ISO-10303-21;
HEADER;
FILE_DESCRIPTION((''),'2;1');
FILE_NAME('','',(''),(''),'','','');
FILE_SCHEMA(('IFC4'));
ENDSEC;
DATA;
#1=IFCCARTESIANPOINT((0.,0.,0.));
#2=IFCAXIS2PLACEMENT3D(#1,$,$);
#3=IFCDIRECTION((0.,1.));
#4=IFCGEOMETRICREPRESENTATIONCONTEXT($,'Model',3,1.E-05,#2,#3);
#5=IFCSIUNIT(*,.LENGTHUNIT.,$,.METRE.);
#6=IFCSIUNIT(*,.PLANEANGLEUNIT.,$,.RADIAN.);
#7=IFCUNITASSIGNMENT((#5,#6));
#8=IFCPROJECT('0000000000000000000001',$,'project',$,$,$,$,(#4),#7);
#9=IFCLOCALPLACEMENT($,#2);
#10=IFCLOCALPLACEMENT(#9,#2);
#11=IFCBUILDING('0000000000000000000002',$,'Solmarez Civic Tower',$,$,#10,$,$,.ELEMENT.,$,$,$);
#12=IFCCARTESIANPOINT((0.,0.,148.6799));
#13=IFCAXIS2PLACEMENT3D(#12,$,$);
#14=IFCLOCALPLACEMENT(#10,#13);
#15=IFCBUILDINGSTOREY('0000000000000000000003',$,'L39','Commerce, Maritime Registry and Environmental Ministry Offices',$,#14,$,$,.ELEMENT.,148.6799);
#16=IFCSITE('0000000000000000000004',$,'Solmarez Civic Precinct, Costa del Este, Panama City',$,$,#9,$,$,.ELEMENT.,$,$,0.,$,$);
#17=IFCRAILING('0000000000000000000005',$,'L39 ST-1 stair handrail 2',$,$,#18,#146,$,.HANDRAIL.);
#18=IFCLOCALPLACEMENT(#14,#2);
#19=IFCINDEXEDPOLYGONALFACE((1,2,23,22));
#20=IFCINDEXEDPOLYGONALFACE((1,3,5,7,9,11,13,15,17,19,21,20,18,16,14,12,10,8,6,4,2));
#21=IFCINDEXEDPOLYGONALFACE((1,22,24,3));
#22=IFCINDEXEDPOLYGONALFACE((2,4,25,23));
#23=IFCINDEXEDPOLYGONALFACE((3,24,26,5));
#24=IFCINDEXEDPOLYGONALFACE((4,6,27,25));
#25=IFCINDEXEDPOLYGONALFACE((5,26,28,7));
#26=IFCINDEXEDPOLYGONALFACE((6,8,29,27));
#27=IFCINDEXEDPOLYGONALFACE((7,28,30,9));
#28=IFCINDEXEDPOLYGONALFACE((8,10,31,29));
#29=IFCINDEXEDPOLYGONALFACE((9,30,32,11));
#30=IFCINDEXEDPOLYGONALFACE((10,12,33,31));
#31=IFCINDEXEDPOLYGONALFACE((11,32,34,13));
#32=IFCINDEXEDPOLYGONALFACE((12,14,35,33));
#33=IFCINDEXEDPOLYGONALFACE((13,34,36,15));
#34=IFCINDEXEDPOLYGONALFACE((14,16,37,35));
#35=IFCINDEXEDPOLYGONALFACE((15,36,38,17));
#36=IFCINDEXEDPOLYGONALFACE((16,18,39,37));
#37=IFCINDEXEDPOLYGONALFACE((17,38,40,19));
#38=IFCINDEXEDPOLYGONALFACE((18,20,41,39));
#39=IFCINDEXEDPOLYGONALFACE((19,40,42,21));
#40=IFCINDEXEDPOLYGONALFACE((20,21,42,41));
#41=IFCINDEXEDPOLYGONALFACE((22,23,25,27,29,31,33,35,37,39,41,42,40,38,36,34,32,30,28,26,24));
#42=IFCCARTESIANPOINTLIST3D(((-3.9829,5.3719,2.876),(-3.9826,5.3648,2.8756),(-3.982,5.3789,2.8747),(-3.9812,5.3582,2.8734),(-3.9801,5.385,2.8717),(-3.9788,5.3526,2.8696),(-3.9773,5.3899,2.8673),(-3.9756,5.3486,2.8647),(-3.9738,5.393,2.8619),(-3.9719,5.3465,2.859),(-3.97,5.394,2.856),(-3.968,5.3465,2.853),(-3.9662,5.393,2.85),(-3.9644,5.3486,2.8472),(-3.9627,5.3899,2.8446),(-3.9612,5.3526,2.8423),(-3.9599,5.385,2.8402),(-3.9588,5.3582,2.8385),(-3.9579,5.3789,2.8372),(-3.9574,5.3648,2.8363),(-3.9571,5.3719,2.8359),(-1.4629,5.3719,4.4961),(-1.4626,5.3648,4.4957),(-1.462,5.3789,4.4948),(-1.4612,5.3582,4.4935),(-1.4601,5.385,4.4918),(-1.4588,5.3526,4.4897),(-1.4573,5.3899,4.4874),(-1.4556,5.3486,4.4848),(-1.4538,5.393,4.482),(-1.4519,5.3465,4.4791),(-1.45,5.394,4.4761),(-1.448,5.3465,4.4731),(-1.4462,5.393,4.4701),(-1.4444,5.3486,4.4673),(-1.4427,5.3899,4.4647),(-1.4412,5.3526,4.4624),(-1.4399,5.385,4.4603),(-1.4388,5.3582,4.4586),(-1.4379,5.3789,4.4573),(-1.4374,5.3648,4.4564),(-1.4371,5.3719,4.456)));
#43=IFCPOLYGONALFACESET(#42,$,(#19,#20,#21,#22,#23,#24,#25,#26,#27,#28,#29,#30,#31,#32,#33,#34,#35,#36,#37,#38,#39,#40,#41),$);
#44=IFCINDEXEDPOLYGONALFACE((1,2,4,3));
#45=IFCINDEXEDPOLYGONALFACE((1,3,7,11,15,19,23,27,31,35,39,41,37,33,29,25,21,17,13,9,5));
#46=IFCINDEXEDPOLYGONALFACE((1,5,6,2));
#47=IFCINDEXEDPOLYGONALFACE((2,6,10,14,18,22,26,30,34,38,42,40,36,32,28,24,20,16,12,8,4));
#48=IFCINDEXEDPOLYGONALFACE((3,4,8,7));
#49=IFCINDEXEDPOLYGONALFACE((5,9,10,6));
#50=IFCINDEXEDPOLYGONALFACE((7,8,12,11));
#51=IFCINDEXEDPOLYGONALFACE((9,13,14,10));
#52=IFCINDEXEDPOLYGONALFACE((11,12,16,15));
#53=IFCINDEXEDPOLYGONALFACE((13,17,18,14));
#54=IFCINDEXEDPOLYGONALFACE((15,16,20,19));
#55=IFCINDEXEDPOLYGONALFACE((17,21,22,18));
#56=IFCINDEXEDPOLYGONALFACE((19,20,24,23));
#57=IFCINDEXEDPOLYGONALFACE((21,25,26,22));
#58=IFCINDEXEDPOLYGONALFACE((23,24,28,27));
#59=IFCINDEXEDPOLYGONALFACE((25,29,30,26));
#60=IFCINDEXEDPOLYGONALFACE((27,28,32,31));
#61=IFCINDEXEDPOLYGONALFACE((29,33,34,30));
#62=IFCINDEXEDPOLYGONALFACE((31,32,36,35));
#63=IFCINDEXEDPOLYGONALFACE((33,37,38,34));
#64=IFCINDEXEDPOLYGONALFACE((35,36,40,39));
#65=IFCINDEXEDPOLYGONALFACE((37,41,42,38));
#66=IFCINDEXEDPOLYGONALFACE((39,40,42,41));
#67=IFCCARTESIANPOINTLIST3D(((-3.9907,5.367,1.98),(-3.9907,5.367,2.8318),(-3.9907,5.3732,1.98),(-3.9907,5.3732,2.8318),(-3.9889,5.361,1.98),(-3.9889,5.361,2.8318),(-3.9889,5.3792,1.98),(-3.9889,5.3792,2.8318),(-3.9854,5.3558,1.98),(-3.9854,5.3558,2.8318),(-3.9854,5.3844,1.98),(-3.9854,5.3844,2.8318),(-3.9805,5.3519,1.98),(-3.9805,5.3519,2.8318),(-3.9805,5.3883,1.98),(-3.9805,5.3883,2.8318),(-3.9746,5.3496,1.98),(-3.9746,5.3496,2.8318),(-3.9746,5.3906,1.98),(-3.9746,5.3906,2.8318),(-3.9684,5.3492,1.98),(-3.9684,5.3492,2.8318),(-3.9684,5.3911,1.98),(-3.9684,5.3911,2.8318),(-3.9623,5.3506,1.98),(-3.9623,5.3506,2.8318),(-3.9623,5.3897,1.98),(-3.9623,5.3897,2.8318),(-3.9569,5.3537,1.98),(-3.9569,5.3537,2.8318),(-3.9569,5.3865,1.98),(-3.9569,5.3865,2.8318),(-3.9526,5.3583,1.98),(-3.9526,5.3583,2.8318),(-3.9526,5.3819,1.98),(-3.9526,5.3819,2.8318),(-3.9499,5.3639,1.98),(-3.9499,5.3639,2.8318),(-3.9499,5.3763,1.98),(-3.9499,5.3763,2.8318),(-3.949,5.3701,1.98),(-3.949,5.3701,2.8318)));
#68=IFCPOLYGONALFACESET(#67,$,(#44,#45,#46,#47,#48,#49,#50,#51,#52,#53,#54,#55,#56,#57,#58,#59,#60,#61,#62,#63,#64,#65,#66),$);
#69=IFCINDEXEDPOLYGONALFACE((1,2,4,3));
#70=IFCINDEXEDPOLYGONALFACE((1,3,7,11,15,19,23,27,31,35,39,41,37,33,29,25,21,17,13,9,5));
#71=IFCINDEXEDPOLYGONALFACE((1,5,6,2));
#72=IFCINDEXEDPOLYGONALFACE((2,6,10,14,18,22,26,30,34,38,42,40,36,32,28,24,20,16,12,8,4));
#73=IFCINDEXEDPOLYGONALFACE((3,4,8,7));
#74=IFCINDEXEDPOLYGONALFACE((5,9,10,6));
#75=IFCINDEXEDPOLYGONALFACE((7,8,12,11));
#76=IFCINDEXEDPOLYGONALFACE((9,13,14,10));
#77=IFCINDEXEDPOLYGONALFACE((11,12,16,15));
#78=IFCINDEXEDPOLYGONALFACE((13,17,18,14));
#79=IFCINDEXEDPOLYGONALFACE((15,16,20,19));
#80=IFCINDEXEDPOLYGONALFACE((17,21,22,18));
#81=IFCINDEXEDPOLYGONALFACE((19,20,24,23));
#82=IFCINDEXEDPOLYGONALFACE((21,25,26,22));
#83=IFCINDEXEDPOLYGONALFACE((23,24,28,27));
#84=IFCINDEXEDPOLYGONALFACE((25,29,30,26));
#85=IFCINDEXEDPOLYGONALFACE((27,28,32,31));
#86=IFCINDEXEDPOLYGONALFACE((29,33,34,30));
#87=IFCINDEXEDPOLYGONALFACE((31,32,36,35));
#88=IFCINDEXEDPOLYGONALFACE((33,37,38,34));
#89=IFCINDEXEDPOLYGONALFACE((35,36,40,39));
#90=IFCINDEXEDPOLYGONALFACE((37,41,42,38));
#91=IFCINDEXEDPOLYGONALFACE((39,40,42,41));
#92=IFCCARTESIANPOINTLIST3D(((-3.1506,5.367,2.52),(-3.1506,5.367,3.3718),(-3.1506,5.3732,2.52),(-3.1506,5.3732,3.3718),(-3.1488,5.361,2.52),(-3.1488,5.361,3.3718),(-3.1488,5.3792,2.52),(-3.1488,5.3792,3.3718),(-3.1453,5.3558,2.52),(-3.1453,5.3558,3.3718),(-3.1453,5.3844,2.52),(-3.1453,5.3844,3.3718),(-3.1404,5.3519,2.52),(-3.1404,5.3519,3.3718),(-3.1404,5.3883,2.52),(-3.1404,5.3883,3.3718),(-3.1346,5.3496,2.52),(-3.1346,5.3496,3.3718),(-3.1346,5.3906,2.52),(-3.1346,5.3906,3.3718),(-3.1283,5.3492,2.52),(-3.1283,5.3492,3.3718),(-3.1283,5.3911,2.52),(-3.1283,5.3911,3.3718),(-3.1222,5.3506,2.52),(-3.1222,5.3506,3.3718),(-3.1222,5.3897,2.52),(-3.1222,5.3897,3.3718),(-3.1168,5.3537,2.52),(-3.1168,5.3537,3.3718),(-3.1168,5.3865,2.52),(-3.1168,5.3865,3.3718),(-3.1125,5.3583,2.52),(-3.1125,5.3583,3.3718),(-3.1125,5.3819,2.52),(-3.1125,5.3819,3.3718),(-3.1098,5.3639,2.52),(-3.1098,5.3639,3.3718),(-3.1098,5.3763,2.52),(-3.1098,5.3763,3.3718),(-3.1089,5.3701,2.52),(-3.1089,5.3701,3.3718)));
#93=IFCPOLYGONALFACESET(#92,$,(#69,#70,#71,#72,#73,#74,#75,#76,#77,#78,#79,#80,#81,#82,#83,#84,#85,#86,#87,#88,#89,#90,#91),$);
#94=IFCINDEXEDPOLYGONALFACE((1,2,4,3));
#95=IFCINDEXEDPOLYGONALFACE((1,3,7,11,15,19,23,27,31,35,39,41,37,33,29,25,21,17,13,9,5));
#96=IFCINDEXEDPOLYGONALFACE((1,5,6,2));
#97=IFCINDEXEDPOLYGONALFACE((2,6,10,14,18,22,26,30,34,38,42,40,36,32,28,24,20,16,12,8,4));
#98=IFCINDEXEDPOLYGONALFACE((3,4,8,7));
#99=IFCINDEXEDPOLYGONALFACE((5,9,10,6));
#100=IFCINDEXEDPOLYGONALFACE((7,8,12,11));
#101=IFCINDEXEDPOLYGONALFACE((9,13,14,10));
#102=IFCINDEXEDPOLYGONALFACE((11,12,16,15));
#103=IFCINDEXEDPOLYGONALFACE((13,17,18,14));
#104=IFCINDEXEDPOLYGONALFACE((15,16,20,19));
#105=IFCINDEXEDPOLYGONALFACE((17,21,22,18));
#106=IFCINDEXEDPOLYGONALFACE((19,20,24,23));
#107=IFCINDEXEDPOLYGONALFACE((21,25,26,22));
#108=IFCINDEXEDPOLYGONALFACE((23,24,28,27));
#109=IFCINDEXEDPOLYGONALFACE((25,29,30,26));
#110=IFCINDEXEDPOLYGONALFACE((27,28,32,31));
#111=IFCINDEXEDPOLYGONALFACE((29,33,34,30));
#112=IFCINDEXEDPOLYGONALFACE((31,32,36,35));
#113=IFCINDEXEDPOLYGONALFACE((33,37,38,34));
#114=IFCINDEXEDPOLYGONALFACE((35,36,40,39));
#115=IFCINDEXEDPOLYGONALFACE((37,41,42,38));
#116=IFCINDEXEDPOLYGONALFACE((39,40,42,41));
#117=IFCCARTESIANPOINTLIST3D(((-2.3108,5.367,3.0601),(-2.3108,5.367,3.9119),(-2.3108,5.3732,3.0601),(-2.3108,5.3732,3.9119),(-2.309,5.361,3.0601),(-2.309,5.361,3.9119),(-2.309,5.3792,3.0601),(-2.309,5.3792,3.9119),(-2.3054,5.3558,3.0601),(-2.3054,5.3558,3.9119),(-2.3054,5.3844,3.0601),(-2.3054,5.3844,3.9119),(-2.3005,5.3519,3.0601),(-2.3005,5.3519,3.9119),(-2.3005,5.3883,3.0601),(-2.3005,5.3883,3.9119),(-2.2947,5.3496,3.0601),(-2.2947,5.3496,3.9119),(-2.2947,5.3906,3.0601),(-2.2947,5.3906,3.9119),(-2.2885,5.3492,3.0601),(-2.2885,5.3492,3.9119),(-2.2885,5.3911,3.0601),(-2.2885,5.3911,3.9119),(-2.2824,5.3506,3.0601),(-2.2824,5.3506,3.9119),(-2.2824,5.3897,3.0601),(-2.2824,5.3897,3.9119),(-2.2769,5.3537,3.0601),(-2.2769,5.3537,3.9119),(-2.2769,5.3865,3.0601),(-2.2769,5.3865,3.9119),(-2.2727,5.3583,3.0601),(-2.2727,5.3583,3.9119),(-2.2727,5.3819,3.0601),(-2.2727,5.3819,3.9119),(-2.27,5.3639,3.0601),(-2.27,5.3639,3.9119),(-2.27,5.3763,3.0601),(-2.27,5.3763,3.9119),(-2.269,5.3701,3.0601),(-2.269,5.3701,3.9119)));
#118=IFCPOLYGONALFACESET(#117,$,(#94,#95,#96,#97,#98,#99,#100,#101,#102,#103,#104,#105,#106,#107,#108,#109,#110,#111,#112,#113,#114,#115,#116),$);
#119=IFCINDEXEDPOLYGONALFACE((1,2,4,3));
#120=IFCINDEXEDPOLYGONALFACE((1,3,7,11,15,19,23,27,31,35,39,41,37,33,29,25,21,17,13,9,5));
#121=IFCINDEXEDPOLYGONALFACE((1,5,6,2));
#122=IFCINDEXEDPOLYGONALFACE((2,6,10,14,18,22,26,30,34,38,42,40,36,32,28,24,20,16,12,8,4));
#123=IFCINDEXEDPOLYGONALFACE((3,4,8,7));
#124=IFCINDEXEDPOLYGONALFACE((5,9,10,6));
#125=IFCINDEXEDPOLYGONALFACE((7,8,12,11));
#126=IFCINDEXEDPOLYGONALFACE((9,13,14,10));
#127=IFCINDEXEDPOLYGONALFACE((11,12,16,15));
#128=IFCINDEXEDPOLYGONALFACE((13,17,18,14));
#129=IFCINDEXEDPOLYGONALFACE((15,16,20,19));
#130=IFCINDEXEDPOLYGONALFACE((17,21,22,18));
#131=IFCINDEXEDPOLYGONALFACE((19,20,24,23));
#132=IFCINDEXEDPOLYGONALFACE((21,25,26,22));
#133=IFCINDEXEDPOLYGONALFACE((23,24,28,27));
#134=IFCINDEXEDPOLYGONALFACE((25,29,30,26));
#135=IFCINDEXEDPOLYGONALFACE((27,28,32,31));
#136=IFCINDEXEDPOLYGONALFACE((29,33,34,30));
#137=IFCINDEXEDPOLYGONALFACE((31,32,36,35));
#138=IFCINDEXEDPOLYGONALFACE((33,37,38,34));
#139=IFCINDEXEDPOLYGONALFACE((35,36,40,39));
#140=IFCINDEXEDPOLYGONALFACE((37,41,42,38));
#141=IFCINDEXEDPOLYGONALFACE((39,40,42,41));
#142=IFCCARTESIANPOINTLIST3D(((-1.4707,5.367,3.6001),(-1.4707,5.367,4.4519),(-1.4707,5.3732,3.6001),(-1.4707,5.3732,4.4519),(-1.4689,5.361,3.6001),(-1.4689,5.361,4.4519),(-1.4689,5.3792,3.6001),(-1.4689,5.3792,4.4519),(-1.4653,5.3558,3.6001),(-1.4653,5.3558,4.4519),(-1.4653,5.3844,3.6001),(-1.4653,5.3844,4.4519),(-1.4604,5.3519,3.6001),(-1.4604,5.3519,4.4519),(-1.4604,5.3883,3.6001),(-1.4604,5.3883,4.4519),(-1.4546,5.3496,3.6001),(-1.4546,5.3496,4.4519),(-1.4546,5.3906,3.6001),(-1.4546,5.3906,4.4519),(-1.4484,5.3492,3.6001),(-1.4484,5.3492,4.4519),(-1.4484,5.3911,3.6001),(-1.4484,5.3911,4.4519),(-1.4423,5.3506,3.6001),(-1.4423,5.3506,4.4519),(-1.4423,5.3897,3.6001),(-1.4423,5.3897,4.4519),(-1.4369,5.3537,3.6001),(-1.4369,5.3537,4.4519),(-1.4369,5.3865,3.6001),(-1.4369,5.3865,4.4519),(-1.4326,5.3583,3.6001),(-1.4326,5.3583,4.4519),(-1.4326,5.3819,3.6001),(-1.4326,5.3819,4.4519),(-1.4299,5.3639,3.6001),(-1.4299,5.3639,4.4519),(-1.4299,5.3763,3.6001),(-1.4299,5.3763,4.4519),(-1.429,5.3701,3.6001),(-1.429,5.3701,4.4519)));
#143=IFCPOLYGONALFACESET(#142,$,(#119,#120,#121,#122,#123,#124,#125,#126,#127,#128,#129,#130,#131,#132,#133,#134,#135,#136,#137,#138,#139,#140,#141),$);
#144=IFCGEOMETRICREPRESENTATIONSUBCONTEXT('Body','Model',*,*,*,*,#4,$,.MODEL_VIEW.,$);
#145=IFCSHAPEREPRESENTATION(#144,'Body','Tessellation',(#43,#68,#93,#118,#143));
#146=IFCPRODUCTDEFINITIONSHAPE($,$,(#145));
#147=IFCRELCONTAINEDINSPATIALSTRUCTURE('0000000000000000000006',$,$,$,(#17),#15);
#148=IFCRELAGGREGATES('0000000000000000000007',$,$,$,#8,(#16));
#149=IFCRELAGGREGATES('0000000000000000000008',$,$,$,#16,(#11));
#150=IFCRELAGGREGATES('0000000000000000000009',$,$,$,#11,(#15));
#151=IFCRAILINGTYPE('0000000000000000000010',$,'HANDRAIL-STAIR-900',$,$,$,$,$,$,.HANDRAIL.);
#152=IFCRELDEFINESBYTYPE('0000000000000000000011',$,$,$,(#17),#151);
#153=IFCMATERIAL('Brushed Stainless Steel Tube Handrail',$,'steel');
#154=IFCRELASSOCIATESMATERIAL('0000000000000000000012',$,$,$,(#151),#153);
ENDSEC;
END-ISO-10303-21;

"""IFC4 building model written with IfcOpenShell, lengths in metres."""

from ifc_helpers import new_model, si_unit, direction, frame, origin, origin_2d, place, context, subcontext, project, spatial, circle, extrude, material, type_object, element, save


model = new_model("IFC4")

# Units and contexts
model_context = context("Model", 3, precision=1e-05, world=origin(), true_north=direction((0.0, 1.0)))
body_context = subcontext(model_context, "Body", "Model", "MODEL_VIEW")
ifc_project = project(units=[si_unit("LENGTHUNIT", "METRE"), si_unit("PLANEANGLEUNIT", "RADIAN")], contexts=[model_context])

# Site, building, storey
site_placement = place(None, origin())
site = spatial("IfcSite", under=ifc_project, at=site_placement, Name="Solmarez Civic Precinct, Costa del Este, Panama City", CompositionType="ELEMENT", RefElevation=0.0)
building_placement = place(site_placement, origin())
building = spatial("IfcBuilding", under=site, at=building_placement, Name="Solmarez Civic Tower", CompositionType="ELEMENT")
storey_placement = place(building_placement, frame((0.0, 0.0, 148.6799)))
storey = spatial("IfcBuildingStorey", under=building, at=storey_placement, Name="L39", Description="Commerce, Maritime Registry and Environmental Ministry Offices", CompositionType="ELEMENT", Elevation=148.6799)

# Railing
ifc_material_1 = material(Name="Brushed Stainless Steel Tube Handrail", Category="steel")
railing_type_1 = type_object("IfcRailingType", Name="HANDRAIL-STAIR-900", PredefinedType="HANDRAIL", material=ifc_material_1)
railing_1_placement = place(storey_placement, frame((-3.97, 5.3701, 1.98)))
element("IfcRailing", 1, at=railing_1_placement, inside=storey, type_object=railing_type_1, Name="L39 ST-1 stair handrail 2", PredefinedType="HANDRAIL", context=body_context, shape_type="SweptSolid", body=[
    extrude(circle(Radius=0.0239, at=origin_2d()), frame((0.0, 0.0, 0.876), z_axis=(0.841163, 0.0, 0.540782), x_axis=(0.0, 1.0, 0.0)), (0.0, 0.0, 1.0), 2.9958),
    extrude(circle(Radius=0.021, at=origin_2d()), origin(), (0.0, 0.0, 1.0), 0.8518),
    extrude(circle(Radius=0.021, at=origin_2d()), frame((0.8401, 0.0, 0.54)), (0.0, 0.0, 1.0), 0.8518),
    extrude(circle(Radius=0.021, at=origin_2d()), frame((1.6799, 0.0, 1.0801)), (0.0, 0.0, 1.0), 0.8518),
    extrude(circle(Radius=0.021, at=origin_2d()), frame((2.52, 0.0, 1.6201)), (0.0, 0.0, 1.0), 0.8518),
])

save(model, "model.ifc")
